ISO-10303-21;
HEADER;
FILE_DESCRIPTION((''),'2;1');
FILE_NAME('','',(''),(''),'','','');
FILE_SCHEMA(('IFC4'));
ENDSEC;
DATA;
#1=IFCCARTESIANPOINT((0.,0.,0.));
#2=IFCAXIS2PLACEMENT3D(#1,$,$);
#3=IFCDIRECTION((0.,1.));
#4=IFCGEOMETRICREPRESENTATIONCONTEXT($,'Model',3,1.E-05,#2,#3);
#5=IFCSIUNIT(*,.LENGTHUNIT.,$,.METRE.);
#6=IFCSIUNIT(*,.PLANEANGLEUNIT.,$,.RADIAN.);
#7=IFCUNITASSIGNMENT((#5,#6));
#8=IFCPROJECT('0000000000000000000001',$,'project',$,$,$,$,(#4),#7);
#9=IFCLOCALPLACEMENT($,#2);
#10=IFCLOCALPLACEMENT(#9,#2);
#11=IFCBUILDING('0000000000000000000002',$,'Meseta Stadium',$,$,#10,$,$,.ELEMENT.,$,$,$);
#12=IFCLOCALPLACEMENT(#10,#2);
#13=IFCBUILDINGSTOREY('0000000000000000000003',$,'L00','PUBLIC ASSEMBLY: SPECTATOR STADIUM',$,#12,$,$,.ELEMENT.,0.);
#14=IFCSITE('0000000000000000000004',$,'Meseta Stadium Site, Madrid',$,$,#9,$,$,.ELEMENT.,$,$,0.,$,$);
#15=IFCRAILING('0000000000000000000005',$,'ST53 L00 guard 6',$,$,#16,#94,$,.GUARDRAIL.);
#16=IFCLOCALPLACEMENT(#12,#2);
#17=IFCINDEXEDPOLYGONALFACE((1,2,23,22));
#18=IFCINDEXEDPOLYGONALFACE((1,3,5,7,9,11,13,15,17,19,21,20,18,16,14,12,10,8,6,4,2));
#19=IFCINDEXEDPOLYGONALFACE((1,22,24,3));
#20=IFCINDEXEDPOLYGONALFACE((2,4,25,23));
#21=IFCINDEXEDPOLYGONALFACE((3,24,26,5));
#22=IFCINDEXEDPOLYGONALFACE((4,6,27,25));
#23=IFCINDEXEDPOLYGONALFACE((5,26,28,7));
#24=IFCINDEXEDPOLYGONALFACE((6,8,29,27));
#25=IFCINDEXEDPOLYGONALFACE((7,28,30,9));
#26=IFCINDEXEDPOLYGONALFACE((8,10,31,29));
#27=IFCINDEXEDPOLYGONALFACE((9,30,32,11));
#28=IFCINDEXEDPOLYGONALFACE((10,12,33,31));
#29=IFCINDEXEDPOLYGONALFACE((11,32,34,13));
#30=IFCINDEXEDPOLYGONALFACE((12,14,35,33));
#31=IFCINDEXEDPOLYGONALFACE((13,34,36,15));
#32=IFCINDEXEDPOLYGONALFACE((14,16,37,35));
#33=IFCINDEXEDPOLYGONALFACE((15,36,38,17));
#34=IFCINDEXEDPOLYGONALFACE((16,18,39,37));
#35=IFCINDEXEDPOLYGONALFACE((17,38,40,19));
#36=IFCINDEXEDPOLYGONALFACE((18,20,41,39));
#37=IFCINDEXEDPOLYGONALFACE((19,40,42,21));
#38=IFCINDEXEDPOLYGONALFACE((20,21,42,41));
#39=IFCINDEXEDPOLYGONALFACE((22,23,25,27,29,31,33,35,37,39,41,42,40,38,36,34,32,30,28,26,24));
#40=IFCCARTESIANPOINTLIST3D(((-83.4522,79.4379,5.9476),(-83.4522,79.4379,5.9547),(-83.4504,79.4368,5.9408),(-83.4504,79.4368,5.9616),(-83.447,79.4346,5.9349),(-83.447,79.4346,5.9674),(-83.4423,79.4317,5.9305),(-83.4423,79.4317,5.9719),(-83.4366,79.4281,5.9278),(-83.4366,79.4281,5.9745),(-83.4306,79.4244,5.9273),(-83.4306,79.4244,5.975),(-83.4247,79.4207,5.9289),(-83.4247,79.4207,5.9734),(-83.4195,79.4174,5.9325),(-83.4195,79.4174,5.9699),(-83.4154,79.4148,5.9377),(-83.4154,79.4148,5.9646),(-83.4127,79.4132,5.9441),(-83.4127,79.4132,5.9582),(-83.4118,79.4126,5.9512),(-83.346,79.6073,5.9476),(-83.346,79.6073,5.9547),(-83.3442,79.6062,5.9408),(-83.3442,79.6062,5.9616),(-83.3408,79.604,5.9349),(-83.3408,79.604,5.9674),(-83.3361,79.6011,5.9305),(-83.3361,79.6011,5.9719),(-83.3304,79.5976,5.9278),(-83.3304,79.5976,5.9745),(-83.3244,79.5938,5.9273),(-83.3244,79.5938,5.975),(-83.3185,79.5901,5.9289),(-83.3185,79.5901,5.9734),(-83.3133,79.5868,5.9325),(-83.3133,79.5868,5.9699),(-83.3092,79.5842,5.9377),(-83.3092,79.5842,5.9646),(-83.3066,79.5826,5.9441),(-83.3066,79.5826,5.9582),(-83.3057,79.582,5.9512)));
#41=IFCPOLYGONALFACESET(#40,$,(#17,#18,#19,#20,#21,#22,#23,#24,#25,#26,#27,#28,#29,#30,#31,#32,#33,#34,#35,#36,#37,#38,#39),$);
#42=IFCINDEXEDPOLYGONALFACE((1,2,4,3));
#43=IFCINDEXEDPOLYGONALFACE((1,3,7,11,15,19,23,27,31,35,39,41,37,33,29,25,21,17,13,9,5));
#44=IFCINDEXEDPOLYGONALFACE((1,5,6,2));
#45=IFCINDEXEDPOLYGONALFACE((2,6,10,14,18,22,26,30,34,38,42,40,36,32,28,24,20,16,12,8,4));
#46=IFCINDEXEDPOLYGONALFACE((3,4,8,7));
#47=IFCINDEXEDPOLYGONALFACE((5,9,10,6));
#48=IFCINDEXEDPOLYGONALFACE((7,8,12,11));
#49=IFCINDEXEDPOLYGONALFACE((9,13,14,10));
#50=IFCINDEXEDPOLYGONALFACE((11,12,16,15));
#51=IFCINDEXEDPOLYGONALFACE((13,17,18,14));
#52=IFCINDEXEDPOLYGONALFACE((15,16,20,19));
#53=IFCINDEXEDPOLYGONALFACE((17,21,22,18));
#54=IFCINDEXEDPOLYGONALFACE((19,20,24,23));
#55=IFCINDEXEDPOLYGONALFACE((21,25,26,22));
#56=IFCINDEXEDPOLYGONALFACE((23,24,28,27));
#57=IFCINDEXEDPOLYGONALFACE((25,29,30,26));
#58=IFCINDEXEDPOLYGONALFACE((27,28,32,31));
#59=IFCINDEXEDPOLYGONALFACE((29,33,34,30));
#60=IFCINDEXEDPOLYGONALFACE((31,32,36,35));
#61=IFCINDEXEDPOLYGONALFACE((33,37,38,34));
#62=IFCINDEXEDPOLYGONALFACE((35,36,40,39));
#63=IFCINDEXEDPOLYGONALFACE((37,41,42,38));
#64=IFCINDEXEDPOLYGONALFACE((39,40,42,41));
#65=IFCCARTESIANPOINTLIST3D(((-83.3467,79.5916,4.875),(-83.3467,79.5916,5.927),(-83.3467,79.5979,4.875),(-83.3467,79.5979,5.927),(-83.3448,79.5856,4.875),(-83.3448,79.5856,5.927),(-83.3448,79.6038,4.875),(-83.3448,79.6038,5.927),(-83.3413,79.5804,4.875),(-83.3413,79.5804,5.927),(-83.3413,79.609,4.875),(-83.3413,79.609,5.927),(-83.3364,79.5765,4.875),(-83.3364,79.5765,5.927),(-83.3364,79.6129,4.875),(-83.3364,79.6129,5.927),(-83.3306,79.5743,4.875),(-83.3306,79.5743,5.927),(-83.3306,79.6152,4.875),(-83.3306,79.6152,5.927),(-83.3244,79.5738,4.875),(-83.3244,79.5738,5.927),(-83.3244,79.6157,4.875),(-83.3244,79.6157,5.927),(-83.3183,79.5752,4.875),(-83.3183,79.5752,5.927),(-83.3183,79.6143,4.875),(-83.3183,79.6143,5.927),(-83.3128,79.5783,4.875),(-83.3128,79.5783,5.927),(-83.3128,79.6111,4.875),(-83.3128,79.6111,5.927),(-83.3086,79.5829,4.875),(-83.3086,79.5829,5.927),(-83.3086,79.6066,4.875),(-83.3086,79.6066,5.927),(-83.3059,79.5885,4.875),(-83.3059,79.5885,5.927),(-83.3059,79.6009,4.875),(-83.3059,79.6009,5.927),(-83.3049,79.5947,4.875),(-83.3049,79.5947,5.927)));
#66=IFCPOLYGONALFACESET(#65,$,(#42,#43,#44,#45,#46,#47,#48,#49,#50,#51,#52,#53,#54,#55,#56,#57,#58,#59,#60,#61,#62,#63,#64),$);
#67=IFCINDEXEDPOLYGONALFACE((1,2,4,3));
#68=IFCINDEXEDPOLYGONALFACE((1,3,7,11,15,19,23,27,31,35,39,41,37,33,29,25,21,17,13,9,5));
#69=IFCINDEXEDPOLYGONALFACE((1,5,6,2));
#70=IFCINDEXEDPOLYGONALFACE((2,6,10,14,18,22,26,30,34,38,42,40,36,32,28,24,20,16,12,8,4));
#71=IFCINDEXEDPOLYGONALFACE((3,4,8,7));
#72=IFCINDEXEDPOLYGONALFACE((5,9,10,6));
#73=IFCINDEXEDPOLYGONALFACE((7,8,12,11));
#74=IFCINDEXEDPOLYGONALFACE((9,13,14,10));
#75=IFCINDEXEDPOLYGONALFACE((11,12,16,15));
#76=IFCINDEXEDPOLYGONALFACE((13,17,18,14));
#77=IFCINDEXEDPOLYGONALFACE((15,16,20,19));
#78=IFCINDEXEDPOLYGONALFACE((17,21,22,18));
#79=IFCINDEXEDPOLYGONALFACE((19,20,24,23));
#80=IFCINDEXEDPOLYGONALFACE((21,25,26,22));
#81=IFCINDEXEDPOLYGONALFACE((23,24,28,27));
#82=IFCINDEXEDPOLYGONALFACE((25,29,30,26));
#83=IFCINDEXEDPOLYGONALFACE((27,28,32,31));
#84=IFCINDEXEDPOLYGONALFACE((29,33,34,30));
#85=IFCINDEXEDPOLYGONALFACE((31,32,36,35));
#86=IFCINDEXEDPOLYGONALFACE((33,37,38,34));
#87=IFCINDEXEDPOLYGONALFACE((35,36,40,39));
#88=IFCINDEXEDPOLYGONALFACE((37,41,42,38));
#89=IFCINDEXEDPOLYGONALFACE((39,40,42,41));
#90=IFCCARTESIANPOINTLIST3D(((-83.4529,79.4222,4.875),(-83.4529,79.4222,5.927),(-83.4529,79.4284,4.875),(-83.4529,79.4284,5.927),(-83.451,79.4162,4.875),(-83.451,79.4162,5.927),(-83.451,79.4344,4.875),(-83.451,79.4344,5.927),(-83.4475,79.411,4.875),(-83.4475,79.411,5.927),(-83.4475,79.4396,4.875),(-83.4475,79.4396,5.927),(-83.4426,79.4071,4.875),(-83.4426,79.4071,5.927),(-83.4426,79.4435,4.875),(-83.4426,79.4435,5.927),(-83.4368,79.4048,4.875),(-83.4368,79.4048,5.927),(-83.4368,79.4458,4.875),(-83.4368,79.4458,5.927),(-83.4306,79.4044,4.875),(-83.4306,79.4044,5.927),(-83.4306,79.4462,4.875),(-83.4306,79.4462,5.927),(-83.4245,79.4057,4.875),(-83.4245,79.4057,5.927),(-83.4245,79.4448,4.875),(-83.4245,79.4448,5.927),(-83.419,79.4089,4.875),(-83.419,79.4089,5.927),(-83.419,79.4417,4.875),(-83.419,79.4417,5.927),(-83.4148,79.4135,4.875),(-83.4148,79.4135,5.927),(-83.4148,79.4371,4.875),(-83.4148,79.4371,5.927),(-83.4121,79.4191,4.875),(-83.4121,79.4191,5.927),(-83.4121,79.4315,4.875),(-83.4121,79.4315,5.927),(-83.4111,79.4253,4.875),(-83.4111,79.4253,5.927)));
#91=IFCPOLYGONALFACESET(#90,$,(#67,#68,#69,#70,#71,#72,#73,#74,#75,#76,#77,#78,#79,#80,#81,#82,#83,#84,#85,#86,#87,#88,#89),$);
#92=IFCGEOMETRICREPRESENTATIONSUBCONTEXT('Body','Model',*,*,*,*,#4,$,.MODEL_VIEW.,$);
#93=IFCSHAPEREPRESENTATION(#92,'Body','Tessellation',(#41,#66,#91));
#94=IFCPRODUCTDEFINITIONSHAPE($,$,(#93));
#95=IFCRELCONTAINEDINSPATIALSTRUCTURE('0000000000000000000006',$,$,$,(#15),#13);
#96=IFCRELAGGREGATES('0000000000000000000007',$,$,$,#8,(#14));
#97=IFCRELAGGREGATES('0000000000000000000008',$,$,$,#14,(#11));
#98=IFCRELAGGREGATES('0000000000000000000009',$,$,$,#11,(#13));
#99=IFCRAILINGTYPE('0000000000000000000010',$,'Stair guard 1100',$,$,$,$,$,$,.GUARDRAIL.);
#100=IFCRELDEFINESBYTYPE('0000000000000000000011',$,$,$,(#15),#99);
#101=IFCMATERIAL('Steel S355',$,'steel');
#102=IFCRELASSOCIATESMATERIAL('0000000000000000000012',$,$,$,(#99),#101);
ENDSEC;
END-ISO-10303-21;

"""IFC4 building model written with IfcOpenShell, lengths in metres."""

from ifc_helpers import new_model, si_unit, direction, frame, origin, origin_2d, place, context, subcontext, project, spatial, circle, extrude, material, type_object, element, save


model = new_model("IFC4")

# Units and contexts
model_context = context("Model", 3, precision=1e-05, world=origin(), true_north=direction((0.0, 1.0)))
body_context = subcontext(model_context, "Body", "Model", "MODEL_VIEW")
ifc_project = project(units=[si_unit("LENGTHUNIT", "METRE"), si_unit("PLANEANGLEUNIT", "RADIAN")], contexts=[model_context])

# Site, building, storey
site_placement = place(None, origin())
site = spatial("IfcSite", under=ifc_project, at=site_placement, Name="Meseta Stadium Site, Madrid", CompositionType="ELEMENT", RefElevation=0.0)
building_placement = place(site_placement, origin())
building = spatial("IfcBuilding", under=site, at=building_placement, Name="Meseta Stadium", CompositionType="ELEMENT")
storey_placement = place(building_placement, origin())
storey = spatial("IfcBuildingStorey", under=building, at=storey_placement, Name="L00", Description="PUBLIC ASSEMBLY: SPECTATOR STADIUM", CompositionType="ELEMENT", Elevation=0.0)

# Railing
ifc_material_1 = material(Name="Steel S355", Category="steel")
railing_type_1 = type_object("IfcRailingType", Name="Stair guard 1100", PredefinedType="GUARDRAIL", material=ifc_material_1)
railing_1_placement = place(storey_placement, frame((-83.3259, 79.5947, 4.875)))
element("IfcRailing", 1, at=railing_1_placement, inside=storey, type_object=railing_type_1, Name="ST53 L00 guard 6", PredefinedType="GUARDRAIL", context=body_context, shape_type="SweptSolid", body=[
    extrude(circle(Radius=0.0239, at=origin_2d()), frame((0.0, 0.0, 1.0762), z_axis=(-0.531096, -0.847312, 0.0), x_axis=(0.847312, -0.531096, 0.0)), (0.0, 0.0, 1.0), 0.2),
    extrude(circle(Radius=0.021, at=origin_2d()), origin(), (0.0, 0.0, 1.0), 1.052),
    extrude(circle(Radius=0.021, at=origin_2d()), frame((-0.1062, -0.1694, 0.0)), (0.0, 0.0, 1.0), 1.052),
])

save(model, "model.ifc")
